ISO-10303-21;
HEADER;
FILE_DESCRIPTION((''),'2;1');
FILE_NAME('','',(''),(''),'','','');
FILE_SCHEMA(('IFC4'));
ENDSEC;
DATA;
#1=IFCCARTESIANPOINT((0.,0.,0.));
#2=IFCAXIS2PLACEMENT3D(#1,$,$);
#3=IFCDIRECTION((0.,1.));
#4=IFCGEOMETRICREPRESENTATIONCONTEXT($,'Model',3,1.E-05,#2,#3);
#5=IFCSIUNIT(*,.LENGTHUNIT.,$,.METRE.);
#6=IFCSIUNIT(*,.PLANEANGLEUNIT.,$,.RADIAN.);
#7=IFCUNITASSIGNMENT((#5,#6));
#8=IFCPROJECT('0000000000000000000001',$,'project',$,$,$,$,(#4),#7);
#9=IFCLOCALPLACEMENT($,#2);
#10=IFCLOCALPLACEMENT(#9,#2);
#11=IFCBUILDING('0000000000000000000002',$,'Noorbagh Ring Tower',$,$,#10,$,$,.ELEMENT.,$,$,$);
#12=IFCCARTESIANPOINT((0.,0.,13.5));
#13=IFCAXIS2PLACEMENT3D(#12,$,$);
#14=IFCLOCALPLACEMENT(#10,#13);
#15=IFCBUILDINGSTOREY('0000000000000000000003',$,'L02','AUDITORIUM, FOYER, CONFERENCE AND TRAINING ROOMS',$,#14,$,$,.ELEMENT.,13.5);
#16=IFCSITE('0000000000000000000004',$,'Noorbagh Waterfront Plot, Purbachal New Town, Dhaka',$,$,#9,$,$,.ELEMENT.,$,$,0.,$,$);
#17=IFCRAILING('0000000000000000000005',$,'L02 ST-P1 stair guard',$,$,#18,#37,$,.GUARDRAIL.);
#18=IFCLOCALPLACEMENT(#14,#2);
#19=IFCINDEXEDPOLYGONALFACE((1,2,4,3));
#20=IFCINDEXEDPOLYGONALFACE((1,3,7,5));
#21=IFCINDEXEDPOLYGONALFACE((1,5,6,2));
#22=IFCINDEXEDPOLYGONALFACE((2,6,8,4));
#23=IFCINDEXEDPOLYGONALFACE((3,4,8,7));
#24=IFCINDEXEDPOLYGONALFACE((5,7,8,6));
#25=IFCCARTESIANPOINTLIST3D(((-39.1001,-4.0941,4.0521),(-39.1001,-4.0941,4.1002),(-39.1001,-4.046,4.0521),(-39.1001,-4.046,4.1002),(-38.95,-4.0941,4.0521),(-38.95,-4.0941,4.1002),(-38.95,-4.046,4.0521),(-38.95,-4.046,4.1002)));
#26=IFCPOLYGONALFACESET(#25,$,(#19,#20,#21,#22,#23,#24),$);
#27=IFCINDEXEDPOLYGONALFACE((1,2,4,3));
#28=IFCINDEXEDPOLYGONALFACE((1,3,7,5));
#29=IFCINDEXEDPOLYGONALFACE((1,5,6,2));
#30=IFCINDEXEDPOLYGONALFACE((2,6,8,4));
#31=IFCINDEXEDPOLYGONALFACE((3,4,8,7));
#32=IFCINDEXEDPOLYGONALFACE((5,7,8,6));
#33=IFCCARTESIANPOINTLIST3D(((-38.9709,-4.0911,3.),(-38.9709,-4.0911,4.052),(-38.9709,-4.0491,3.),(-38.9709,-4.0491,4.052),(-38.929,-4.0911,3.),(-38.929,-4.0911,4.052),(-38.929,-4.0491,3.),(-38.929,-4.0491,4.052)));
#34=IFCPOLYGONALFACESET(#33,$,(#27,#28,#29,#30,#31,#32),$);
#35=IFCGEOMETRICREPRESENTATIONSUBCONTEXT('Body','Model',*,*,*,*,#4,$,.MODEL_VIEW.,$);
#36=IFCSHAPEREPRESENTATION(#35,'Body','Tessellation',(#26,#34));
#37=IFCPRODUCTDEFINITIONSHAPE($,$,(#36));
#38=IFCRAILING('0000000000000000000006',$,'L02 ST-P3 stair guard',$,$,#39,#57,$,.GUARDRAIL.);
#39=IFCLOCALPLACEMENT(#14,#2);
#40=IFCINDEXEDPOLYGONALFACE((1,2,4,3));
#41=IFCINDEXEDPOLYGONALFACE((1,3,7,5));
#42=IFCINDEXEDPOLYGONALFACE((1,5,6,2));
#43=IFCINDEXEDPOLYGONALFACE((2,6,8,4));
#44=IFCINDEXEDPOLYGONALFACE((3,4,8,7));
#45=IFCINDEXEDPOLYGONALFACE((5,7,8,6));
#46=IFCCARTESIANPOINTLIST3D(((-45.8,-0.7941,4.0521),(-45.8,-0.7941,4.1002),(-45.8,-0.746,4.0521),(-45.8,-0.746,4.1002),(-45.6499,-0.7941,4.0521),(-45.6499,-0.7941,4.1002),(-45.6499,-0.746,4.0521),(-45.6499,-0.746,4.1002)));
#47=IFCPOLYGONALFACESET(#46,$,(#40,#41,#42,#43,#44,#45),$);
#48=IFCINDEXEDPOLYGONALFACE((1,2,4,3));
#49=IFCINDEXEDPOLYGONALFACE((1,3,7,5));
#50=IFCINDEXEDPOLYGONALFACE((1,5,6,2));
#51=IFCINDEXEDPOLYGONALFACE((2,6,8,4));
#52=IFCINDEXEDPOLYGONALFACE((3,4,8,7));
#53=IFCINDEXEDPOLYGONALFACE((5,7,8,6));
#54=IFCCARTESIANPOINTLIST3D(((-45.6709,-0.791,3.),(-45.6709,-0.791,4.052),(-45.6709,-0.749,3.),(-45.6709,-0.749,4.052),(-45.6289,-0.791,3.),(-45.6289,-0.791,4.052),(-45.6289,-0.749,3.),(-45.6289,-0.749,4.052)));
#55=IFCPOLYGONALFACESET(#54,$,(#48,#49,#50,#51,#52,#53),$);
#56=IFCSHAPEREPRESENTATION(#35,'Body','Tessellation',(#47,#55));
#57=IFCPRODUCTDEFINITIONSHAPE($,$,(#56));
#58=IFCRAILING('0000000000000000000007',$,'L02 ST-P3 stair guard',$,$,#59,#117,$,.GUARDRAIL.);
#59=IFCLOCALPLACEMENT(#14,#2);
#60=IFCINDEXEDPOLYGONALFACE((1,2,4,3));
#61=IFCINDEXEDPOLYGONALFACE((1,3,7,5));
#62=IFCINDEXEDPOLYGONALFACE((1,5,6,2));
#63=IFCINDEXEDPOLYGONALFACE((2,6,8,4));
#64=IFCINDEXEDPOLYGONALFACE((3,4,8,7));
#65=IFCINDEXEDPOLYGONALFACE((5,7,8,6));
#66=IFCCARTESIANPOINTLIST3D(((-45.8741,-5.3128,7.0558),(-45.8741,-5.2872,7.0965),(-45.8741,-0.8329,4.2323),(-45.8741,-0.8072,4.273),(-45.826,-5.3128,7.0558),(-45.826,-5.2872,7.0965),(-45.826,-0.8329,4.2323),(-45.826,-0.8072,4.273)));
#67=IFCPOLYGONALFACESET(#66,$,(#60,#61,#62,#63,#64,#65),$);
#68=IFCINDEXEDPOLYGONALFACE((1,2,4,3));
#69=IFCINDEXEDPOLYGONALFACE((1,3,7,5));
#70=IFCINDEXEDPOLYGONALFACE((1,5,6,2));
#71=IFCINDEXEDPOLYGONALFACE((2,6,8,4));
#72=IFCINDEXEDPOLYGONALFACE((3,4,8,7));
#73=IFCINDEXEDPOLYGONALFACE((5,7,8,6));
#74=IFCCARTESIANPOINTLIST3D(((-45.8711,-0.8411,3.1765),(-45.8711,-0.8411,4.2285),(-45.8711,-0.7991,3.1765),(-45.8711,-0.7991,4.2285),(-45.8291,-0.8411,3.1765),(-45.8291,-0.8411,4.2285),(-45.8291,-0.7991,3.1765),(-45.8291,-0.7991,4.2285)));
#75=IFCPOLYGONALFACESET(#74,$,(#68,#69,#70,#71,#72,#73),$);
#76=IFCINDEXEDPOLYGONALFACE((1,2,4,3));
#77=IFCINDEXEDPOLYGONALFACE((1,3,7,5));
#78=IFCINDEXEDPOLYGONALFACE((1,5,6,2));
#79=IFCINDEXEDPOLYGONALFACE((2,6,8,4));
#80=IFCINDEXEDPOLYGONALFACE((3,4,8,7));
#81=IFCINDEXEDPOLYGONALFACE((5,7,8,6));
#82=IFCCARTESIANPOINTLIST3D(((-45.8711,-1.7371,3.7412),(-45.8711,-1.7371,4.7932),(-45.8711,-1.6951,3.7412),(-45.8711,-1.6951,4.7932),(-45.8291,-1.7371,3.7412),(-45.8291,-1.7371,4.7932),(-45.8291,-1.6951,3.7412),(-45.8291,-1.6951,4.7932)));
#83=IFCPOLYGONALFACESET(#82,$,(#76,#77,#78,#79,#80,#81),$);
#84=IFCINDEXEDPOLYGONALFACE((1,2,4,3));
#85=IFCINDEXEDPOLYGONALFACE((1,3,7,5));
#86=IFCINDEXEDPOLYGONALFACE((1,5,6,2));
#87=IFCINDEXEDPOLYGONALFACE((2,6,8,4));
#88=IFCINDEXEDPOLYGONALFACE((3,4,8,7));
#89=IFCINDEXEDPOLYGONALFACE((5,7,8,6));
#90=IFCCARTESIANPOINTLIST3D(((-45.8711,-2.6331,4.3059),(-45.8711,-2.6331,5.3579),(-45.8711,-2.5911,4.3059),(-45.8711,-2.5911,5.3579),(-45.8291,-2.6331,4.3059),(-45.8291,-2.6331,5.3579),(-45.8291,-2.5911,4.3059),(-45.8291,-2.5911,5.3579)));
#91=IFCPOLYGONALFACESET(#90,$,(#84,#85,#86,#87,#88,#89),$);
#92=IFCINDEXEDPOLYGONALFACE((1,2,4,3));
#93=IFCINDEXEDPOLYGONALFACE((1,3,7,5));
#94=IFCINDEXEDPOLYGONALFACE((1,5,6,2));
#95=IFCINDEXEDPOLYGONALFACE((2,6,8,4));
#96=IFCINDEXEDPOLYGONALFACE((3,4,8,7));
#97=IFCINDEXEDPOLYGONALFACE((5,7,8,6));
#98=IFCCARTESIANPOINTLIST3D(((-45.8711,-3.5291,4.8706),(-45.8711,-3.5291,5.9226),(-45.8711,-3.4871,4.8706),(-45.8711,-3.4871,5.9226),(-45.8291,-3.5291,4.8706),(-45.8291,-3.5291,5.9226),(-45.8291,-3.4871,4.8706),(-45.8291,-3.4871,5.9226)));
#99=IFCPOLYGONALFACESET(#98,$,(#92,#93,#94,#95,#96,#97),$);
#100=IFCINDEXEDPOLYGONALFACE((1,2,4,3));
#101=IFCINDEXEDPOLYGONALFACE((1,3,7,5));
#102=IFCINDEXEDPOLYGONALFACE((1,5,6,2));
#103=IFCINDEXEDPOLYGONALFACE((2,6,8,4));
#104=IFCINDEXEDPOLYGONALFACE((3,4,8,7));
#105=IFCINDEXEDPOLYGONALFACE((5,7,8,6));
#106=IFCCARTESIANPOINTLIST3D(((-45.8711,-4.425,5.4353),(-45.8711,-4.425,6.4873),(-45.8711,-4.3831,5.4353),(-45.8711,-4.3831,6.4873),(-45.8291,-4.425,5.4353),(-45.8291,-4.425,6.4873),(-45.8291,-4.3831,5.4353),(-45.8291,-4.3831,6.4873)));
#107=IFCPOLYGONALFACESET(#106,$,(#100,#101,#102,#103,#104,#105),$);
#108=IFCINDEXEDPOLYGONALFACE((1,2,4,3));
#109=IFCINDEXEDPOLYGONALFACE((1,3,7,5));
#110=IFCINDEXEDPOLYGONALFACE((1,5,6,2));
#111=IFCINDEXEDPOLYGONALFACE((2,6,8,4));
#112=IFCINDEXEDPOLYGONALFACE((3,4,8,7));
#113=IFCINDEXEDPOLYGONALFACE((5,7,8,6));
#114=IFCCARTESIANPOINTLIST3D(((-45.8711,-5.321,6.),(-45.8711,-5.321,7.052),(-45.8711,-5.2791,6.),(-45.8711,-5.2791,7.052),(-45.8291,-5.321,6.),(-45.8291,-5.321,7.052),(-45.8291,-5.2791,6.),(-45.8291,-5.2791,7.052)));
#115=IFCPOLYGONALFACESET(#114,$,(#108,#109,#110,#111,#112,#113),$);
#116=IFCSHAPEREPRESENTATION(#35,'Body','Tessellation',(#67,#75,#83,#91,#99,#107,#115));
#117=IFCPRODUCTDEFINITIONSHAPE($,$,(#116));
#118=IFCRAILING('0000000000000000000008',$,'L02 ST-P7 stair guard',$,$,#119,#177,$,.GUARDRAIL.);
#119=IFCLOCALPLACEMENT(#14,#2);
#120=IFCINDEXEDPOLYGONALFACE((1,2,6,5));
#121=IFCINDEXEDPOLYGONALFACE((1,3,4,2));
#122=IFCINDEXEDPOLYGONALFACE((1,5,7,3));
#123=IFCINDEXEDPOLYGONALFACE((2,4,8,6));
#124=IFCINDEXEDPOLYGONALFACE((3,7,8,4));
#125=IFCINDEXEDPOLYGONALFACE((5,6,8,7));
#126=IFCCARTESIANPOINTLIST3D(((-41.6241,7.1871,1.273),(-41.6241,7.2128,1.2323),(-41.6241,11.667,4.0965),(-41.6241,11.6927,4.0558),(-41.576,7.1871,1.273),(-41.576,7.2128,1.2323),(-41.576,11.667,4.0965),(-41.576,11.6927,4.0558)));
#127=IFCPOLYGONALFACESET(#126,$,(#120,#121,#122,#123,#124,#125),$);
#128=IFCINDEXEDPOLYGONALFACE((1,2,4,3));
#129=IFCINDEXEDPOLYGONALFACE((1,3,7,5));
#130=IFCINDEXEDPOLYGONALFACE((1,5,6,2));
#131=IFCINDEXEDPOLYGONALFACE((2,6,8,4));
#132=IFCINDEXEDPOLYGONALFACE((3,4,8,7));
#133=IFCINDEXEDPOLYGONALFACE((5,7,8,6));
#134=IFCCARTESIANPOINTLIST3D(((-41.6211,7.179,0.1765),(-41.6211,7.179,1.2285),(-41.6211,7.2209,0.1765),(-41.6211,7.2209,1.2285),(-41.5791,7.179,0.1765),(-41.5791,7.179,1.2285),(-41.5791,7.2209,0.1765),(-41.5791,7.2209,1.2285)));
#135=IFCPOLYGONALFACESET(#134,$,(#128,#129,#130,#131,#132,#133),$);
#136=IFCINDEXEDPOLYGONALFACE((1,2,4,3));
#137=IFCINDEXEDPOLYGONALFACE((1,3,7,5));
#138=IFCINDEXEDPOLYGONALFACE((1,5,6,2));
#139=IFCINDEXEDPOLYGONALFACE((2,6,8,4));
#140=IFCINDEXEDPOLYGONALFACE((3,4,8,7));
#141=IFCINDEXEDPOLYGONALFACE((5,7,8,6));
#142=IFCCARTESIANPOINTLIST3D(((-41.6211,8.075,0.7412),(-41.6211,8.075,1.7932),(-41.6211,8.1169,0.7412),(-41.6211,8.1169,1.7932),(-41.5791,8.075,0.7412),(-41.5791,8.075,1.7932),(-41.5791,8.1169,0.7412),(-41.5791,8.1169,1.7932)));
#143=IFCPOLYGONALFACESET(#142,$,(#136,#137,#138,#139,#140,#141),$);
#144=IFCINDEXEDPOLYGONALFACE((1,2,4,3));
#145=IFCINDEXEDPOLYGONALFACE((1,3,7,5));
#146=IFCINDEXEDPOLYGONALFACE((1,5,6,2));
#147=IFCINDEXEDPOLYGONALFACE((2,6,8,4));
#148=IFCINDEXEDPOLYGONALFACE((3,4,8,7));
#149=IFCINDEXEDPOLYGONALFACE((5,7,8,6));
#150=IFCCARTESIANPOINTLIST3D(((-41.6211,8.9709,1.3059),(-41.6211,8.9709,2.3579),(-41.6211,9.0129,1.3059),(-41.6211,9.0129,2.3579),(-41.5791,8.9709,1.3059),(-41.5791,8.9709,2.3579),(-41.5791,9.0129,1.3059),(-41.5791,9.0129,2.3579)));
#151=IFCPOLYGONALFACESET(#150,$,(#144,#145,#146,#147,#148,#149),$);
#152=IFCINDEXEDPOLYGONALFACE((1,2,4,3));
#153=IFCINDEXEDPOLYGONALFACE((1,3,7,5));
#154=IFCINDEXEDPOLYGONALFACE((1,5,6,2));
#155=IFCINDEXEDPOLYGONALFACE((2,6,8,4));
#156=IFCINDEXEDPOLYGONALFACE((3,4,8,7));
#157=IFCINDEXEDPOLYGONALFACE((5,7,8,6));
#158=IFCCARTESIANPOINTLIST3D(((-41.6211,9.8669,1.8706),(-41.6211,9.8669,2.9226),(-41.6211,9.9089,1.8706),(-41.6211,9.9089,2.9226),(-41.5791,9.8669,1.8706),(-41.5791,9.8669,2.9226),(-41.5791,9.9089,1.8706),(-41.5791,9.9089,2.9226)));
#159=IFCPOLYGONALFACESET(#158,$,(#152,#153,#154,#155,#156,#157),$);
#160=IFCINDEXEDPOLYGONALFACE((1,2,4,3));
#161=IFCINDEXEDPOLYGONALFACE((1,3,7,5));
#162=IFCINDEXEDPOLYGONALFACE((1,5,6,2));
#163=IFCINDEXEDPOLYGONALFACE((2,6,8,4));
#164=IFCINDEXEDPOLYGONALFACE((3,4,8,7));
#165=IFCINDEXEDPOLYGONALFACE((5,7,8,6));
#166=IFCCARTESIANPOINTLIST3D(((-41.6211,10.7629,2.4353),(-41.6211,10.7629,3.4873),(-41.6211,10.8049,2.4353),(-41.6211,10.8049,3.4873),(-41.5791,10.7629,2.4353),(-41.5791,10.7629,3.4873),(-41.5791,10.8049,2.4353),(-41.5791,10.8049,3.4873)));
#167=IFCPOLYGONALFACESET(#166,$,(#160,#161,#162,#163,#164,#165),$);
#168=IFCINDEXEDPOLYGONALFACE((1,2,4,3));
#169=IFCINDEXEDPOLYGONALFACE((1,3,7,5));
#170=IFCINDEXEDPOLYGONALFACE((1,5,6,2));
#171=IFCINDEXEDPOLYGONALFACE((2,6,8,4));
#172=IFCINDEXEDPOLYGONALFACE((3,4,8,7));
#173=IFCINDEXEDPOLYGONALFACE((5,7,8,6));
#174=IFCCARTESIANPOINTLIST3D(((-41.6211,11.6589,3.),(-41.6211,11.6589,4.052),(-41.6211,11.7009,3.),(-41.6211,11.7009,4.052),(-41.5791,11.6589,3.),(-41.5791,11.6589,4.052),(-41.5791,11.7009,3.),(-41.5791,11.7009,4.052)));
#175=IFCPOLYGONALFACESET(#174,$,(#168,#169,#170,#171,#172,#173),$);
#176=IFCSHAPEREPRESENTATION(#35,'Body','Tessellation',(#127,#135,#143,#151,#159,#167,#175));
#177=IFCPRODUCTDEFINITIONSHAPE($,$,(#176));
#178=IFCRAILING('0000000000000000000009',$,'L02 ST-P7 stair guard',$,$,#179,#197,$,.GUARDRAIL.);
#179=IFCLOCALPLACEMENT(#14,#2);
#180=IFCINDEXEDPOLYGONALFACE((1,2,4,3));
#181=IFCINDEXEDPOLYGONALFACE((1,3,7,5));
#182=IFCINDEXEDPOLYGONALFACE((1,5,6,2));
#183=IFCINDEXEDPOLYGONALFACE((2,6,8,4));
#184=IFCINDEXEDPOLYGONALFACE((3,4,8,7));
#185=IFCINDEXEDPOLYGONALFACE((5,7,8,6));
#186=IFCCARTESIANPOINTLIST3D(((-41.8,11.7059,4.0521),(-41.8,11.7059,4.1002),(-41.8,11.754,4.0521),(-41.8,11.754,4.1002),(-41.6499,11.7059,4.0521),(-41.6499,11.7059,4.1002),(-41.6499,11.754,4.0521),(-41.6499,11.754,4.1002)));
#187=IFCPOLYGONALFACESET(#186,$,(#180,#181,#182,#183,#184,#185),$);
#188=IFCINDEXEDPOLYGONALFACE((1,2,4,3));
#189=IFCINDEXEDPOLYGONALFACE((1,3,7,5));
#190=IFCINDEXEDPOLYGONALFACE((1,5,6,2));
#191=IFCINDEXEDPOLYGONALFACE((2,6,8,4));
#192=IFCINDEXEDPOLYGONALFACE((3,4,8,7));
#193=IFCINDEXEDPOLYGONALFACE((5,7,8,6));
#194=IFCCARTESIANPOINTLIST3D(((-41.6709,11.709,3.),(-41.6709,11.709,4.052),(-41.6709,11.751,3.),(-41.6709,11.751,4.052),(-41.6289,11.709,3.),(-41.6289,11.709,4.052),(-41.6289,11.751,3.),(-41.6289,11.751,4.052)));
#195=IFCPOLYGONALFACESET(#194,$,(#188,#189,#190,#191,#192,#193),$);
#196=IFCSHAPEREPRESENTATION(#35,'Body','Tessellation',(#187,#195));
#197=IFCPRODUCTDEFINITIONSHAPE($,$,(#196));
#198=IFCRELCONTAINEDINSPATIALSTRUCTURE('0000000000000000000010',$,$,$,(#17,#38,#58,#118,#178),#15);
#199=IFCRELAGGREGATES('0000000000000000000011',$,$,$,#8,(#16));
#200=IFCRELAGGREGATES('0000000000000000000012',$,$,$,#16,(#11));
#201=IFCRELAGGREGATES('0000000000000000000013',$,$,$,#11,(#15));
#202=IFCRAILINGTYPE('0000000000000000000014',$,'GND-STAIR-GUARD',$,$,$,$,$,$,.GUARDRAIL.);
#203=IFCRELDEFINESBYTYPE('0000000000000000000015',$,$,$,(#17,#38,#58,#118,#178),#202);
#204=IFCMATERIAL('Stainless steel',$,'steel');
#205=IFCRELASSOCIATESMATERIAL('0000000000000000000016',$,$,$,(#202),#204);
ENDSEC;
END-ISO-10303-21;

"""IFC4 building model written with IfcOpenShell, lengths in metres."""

from ifc_helpers import new_model, si_unit, direction, frame, origin, origin_2d, place, context, subcontext, project, spatial, rectangle, extrude, material, type_object, element, save


model = new_model("IFC4")

# Units and contexts
model_context = context("Model", 3, precision=1e-05, world=origin(), true_north=direction((0.0, 1.0)))
body_context = subcontext(model_context, "Body", "Model", "MODEL_VIEW")
ifc_project = project(units=[si_unit("LENGTHUNIT", "METRE"), si_unit("PLANEANGLEUNIT", "RADIAN")], contexts=[model_context])

# Site, building, storey
site_placement = place(None, origin())
site = spatial("IfcSite", under=ifc_project, at=site_placement, Name="Noorbagh Waterfront Plot, Purbachal New Town, Dhaka", CompositionType="ELEMENT", RefElevation=0.0)
building_placement = place(site_placement, origin())
building = spatial("IfcBuilding", under=site, at=building_placement, Name="Noorbagh Ring Tower", CompositionType="ELEMENT")
storey_placement = place(building_placement, frame((0.0, 0.0, 13.5)))
storey = spatial("IfcBuildingStorey", under=building, at=storey_placement, Name="L02", Description="AUDITORIUM, FOYER, CONFERENCE AND TRAINING ROOMS", CompositionType="ELEMENT", Elevation=13.5)

# Railings
ifc_material_1 = material(Name="Stainless steel", Category="steel")
railing_type_1 = type_object("IfcRailingType", Name="GND-STAIR-GUARD", PredefinedType="GUARDRAIL", material=ifc_material_1)
for number, where, name in (
    (1, (-38.95, -4.0701, 3.0), "L02 ST-P1 stair guard"),
    (2, (-45.6499, -0.77, 3.0), "L02 ST-P3 stair guard"),
):
    element("IfcRailing", number, at=place(storey_placement, frame(where)), inside=storey, type_object=railing_type_1, Name=name, PredefinedType="GUARDRAIL", context=body_context, shape_type="SweptSolid", body=[
        extrude(rectangle(XDim=0.0481, YDim=0.0481, at=origin_2d()), frame((0.0, 0.0, 1.0762), z_axis=(-1.0, 0.0, 0.0), x_axis=(0.0, -1.0, 0.0)), (0.0, 0.0, 1.0), 0.1501),
        extrude(rectangle(XDim=0.042, YDim=0.042, at=origin_2d()), origin(), (0.0, 0.0, 1.0), 1.052),
    ])
railing_1_placement = place(storey_placement, frame((-45.8501, -0.8201, 3.1765)))
element("IfcRailing", 3, at=railing_1_placement, inside=storey, type_object=railing_type_1, Name="L02 ST-P3 stair guard", PredefinedType="GUARDRAIL", context=body_context, shape_type="SweptSolid", body=[
    extrude(rectangle(XDim=0.0481, YDim=0.0481, at=origin_2d()), frame((0.0, 0.0, 1.0762), z_axis=(0.0, -0.845998, 0.533186), x_axis=(1.0, 0.0, 0.0)), (0.0, 0.0, 1.0), 5.2954),
    extrude(rectangle(XDim=0.042, YDim=0.042, at=origin_2d()), origin(), (0.0, 0.0, 1.0), 1.052),
    extrude(rectangle(XDim=0.042, YDim=0.042, at=origin_2d()), frame((0.0, -0.896, 0.5647)), (0.0, 0.0, 1.0), 1.052),
    extrude(rectangle(XDim=0.042, YDim=0.042, at=origin_2d()), frame((0.0, -1.792, 1.1294)), (0.0, 0.0, 1.0), 1.052),
    extrude(rectangle(XDim=0.042, YDim=0.042, at=origin_2d()), frame((0.0, -2.688, 1.6941)), (0.0, 0.0, 1.0), 1.052),
    extrude(rectangle(XDim=0.042, YDim=0.042, at=origin_2d()), frame((0.0, -3.584, 2.2588)), (0.0, 0.0, 1.0), 1.052),
    extrude(rectangle(XDim=0.042, YDim=0.042, at=origin_2d()), frame((0.0, -4.48, 2.8235)), (0.0, 0.0, 1.0), 1.052),
])
railing_2_placement = place(storey_placement, frame((-41.6001, 7.2, 0.1765)))
element("IfcRailing", 4, at=railing_2_placement, inside=storey, type_object=railing_type_1, Name="L02 ST-P7 stair guard", PredefinedType="GUARDRAIL", context=body_context, shape_type="SweptSolid", body=[
    extrude(rectangle(XDim=0.0481, YDim=0.0481, at=origin_2d()), frame((0.0, 0.0, 1.0762), z_axis=(0.0, 0.845998, 0.533186), x_axis=(-1.0, 0.0, 0.0)), (0.0, 0.0, 1.0), 5.2954),
    extrude(rectangle(XDim=0.042, YDim=0.042, at=origin_2d()), origin(), (0.0, 0.0, 1.0), 1.052),
    extrude(rectangle(XDim=0.042, YDim=0.042, at=origin_2d()), frame((0.0, 0.896, 0.5647)), (0.0, 0.0, 1.0), 1.052),
    extrude(rectangle(XDim=0.042, YDim=0.042, at=origin_2d()), frame((0.0, 1.792, 1.1294)), (0.0, 0.0, 1.0), 1.052),
    extrude(rectangle(XDim=0.042, YDim=0.042, at=origin_2d()), frame((0.0, 2.688, 1.6941)), (0.0, 0.0, 1.0), 1.052),
    extrude(rectangle(XDim=0.042, YDim=0.042, at=origin_2d()), frame((0.0, 3.584, 2.2588)), (0.0, 0.0, 1.0), 1.052),
    extrude(rectangle(XDim=0.042, YDim=0.042, at=origin_2d()), frame((0.0, 4.48, 2.8235)), (0.0, 0.0, 1.0), 1.052),
])
railing_3_placement = place(storey_placement, frame((-41.6499, 11.73, 3.0)))
element("IfcRailing", 5, at=railing_3_placement, inside=storey, type_object=railing_type_1, Name="L02 ST-P7 stair guard", PredefinedType="GUARDRAIL", context=body_context, shape_type="SweptSolid", body=[
    extrude(rectangle(XDim=0.0481, YDim=0.0481, at=origin_2d()), frame((0.0, 0.0, 1.0762), z_axis=(-1.0, 0.0, 0.0), x_axis=(0.0, -1.0, 0.0)), (0.0, 0.0, 1.0), 0.1501),
    extrude(rectangle(XDim=0.042, YDim=0.042, at=origin_2d()), origin(), (0.0, 0.0, 1.0), 1.052),
])

save(model, "model.ifc")
